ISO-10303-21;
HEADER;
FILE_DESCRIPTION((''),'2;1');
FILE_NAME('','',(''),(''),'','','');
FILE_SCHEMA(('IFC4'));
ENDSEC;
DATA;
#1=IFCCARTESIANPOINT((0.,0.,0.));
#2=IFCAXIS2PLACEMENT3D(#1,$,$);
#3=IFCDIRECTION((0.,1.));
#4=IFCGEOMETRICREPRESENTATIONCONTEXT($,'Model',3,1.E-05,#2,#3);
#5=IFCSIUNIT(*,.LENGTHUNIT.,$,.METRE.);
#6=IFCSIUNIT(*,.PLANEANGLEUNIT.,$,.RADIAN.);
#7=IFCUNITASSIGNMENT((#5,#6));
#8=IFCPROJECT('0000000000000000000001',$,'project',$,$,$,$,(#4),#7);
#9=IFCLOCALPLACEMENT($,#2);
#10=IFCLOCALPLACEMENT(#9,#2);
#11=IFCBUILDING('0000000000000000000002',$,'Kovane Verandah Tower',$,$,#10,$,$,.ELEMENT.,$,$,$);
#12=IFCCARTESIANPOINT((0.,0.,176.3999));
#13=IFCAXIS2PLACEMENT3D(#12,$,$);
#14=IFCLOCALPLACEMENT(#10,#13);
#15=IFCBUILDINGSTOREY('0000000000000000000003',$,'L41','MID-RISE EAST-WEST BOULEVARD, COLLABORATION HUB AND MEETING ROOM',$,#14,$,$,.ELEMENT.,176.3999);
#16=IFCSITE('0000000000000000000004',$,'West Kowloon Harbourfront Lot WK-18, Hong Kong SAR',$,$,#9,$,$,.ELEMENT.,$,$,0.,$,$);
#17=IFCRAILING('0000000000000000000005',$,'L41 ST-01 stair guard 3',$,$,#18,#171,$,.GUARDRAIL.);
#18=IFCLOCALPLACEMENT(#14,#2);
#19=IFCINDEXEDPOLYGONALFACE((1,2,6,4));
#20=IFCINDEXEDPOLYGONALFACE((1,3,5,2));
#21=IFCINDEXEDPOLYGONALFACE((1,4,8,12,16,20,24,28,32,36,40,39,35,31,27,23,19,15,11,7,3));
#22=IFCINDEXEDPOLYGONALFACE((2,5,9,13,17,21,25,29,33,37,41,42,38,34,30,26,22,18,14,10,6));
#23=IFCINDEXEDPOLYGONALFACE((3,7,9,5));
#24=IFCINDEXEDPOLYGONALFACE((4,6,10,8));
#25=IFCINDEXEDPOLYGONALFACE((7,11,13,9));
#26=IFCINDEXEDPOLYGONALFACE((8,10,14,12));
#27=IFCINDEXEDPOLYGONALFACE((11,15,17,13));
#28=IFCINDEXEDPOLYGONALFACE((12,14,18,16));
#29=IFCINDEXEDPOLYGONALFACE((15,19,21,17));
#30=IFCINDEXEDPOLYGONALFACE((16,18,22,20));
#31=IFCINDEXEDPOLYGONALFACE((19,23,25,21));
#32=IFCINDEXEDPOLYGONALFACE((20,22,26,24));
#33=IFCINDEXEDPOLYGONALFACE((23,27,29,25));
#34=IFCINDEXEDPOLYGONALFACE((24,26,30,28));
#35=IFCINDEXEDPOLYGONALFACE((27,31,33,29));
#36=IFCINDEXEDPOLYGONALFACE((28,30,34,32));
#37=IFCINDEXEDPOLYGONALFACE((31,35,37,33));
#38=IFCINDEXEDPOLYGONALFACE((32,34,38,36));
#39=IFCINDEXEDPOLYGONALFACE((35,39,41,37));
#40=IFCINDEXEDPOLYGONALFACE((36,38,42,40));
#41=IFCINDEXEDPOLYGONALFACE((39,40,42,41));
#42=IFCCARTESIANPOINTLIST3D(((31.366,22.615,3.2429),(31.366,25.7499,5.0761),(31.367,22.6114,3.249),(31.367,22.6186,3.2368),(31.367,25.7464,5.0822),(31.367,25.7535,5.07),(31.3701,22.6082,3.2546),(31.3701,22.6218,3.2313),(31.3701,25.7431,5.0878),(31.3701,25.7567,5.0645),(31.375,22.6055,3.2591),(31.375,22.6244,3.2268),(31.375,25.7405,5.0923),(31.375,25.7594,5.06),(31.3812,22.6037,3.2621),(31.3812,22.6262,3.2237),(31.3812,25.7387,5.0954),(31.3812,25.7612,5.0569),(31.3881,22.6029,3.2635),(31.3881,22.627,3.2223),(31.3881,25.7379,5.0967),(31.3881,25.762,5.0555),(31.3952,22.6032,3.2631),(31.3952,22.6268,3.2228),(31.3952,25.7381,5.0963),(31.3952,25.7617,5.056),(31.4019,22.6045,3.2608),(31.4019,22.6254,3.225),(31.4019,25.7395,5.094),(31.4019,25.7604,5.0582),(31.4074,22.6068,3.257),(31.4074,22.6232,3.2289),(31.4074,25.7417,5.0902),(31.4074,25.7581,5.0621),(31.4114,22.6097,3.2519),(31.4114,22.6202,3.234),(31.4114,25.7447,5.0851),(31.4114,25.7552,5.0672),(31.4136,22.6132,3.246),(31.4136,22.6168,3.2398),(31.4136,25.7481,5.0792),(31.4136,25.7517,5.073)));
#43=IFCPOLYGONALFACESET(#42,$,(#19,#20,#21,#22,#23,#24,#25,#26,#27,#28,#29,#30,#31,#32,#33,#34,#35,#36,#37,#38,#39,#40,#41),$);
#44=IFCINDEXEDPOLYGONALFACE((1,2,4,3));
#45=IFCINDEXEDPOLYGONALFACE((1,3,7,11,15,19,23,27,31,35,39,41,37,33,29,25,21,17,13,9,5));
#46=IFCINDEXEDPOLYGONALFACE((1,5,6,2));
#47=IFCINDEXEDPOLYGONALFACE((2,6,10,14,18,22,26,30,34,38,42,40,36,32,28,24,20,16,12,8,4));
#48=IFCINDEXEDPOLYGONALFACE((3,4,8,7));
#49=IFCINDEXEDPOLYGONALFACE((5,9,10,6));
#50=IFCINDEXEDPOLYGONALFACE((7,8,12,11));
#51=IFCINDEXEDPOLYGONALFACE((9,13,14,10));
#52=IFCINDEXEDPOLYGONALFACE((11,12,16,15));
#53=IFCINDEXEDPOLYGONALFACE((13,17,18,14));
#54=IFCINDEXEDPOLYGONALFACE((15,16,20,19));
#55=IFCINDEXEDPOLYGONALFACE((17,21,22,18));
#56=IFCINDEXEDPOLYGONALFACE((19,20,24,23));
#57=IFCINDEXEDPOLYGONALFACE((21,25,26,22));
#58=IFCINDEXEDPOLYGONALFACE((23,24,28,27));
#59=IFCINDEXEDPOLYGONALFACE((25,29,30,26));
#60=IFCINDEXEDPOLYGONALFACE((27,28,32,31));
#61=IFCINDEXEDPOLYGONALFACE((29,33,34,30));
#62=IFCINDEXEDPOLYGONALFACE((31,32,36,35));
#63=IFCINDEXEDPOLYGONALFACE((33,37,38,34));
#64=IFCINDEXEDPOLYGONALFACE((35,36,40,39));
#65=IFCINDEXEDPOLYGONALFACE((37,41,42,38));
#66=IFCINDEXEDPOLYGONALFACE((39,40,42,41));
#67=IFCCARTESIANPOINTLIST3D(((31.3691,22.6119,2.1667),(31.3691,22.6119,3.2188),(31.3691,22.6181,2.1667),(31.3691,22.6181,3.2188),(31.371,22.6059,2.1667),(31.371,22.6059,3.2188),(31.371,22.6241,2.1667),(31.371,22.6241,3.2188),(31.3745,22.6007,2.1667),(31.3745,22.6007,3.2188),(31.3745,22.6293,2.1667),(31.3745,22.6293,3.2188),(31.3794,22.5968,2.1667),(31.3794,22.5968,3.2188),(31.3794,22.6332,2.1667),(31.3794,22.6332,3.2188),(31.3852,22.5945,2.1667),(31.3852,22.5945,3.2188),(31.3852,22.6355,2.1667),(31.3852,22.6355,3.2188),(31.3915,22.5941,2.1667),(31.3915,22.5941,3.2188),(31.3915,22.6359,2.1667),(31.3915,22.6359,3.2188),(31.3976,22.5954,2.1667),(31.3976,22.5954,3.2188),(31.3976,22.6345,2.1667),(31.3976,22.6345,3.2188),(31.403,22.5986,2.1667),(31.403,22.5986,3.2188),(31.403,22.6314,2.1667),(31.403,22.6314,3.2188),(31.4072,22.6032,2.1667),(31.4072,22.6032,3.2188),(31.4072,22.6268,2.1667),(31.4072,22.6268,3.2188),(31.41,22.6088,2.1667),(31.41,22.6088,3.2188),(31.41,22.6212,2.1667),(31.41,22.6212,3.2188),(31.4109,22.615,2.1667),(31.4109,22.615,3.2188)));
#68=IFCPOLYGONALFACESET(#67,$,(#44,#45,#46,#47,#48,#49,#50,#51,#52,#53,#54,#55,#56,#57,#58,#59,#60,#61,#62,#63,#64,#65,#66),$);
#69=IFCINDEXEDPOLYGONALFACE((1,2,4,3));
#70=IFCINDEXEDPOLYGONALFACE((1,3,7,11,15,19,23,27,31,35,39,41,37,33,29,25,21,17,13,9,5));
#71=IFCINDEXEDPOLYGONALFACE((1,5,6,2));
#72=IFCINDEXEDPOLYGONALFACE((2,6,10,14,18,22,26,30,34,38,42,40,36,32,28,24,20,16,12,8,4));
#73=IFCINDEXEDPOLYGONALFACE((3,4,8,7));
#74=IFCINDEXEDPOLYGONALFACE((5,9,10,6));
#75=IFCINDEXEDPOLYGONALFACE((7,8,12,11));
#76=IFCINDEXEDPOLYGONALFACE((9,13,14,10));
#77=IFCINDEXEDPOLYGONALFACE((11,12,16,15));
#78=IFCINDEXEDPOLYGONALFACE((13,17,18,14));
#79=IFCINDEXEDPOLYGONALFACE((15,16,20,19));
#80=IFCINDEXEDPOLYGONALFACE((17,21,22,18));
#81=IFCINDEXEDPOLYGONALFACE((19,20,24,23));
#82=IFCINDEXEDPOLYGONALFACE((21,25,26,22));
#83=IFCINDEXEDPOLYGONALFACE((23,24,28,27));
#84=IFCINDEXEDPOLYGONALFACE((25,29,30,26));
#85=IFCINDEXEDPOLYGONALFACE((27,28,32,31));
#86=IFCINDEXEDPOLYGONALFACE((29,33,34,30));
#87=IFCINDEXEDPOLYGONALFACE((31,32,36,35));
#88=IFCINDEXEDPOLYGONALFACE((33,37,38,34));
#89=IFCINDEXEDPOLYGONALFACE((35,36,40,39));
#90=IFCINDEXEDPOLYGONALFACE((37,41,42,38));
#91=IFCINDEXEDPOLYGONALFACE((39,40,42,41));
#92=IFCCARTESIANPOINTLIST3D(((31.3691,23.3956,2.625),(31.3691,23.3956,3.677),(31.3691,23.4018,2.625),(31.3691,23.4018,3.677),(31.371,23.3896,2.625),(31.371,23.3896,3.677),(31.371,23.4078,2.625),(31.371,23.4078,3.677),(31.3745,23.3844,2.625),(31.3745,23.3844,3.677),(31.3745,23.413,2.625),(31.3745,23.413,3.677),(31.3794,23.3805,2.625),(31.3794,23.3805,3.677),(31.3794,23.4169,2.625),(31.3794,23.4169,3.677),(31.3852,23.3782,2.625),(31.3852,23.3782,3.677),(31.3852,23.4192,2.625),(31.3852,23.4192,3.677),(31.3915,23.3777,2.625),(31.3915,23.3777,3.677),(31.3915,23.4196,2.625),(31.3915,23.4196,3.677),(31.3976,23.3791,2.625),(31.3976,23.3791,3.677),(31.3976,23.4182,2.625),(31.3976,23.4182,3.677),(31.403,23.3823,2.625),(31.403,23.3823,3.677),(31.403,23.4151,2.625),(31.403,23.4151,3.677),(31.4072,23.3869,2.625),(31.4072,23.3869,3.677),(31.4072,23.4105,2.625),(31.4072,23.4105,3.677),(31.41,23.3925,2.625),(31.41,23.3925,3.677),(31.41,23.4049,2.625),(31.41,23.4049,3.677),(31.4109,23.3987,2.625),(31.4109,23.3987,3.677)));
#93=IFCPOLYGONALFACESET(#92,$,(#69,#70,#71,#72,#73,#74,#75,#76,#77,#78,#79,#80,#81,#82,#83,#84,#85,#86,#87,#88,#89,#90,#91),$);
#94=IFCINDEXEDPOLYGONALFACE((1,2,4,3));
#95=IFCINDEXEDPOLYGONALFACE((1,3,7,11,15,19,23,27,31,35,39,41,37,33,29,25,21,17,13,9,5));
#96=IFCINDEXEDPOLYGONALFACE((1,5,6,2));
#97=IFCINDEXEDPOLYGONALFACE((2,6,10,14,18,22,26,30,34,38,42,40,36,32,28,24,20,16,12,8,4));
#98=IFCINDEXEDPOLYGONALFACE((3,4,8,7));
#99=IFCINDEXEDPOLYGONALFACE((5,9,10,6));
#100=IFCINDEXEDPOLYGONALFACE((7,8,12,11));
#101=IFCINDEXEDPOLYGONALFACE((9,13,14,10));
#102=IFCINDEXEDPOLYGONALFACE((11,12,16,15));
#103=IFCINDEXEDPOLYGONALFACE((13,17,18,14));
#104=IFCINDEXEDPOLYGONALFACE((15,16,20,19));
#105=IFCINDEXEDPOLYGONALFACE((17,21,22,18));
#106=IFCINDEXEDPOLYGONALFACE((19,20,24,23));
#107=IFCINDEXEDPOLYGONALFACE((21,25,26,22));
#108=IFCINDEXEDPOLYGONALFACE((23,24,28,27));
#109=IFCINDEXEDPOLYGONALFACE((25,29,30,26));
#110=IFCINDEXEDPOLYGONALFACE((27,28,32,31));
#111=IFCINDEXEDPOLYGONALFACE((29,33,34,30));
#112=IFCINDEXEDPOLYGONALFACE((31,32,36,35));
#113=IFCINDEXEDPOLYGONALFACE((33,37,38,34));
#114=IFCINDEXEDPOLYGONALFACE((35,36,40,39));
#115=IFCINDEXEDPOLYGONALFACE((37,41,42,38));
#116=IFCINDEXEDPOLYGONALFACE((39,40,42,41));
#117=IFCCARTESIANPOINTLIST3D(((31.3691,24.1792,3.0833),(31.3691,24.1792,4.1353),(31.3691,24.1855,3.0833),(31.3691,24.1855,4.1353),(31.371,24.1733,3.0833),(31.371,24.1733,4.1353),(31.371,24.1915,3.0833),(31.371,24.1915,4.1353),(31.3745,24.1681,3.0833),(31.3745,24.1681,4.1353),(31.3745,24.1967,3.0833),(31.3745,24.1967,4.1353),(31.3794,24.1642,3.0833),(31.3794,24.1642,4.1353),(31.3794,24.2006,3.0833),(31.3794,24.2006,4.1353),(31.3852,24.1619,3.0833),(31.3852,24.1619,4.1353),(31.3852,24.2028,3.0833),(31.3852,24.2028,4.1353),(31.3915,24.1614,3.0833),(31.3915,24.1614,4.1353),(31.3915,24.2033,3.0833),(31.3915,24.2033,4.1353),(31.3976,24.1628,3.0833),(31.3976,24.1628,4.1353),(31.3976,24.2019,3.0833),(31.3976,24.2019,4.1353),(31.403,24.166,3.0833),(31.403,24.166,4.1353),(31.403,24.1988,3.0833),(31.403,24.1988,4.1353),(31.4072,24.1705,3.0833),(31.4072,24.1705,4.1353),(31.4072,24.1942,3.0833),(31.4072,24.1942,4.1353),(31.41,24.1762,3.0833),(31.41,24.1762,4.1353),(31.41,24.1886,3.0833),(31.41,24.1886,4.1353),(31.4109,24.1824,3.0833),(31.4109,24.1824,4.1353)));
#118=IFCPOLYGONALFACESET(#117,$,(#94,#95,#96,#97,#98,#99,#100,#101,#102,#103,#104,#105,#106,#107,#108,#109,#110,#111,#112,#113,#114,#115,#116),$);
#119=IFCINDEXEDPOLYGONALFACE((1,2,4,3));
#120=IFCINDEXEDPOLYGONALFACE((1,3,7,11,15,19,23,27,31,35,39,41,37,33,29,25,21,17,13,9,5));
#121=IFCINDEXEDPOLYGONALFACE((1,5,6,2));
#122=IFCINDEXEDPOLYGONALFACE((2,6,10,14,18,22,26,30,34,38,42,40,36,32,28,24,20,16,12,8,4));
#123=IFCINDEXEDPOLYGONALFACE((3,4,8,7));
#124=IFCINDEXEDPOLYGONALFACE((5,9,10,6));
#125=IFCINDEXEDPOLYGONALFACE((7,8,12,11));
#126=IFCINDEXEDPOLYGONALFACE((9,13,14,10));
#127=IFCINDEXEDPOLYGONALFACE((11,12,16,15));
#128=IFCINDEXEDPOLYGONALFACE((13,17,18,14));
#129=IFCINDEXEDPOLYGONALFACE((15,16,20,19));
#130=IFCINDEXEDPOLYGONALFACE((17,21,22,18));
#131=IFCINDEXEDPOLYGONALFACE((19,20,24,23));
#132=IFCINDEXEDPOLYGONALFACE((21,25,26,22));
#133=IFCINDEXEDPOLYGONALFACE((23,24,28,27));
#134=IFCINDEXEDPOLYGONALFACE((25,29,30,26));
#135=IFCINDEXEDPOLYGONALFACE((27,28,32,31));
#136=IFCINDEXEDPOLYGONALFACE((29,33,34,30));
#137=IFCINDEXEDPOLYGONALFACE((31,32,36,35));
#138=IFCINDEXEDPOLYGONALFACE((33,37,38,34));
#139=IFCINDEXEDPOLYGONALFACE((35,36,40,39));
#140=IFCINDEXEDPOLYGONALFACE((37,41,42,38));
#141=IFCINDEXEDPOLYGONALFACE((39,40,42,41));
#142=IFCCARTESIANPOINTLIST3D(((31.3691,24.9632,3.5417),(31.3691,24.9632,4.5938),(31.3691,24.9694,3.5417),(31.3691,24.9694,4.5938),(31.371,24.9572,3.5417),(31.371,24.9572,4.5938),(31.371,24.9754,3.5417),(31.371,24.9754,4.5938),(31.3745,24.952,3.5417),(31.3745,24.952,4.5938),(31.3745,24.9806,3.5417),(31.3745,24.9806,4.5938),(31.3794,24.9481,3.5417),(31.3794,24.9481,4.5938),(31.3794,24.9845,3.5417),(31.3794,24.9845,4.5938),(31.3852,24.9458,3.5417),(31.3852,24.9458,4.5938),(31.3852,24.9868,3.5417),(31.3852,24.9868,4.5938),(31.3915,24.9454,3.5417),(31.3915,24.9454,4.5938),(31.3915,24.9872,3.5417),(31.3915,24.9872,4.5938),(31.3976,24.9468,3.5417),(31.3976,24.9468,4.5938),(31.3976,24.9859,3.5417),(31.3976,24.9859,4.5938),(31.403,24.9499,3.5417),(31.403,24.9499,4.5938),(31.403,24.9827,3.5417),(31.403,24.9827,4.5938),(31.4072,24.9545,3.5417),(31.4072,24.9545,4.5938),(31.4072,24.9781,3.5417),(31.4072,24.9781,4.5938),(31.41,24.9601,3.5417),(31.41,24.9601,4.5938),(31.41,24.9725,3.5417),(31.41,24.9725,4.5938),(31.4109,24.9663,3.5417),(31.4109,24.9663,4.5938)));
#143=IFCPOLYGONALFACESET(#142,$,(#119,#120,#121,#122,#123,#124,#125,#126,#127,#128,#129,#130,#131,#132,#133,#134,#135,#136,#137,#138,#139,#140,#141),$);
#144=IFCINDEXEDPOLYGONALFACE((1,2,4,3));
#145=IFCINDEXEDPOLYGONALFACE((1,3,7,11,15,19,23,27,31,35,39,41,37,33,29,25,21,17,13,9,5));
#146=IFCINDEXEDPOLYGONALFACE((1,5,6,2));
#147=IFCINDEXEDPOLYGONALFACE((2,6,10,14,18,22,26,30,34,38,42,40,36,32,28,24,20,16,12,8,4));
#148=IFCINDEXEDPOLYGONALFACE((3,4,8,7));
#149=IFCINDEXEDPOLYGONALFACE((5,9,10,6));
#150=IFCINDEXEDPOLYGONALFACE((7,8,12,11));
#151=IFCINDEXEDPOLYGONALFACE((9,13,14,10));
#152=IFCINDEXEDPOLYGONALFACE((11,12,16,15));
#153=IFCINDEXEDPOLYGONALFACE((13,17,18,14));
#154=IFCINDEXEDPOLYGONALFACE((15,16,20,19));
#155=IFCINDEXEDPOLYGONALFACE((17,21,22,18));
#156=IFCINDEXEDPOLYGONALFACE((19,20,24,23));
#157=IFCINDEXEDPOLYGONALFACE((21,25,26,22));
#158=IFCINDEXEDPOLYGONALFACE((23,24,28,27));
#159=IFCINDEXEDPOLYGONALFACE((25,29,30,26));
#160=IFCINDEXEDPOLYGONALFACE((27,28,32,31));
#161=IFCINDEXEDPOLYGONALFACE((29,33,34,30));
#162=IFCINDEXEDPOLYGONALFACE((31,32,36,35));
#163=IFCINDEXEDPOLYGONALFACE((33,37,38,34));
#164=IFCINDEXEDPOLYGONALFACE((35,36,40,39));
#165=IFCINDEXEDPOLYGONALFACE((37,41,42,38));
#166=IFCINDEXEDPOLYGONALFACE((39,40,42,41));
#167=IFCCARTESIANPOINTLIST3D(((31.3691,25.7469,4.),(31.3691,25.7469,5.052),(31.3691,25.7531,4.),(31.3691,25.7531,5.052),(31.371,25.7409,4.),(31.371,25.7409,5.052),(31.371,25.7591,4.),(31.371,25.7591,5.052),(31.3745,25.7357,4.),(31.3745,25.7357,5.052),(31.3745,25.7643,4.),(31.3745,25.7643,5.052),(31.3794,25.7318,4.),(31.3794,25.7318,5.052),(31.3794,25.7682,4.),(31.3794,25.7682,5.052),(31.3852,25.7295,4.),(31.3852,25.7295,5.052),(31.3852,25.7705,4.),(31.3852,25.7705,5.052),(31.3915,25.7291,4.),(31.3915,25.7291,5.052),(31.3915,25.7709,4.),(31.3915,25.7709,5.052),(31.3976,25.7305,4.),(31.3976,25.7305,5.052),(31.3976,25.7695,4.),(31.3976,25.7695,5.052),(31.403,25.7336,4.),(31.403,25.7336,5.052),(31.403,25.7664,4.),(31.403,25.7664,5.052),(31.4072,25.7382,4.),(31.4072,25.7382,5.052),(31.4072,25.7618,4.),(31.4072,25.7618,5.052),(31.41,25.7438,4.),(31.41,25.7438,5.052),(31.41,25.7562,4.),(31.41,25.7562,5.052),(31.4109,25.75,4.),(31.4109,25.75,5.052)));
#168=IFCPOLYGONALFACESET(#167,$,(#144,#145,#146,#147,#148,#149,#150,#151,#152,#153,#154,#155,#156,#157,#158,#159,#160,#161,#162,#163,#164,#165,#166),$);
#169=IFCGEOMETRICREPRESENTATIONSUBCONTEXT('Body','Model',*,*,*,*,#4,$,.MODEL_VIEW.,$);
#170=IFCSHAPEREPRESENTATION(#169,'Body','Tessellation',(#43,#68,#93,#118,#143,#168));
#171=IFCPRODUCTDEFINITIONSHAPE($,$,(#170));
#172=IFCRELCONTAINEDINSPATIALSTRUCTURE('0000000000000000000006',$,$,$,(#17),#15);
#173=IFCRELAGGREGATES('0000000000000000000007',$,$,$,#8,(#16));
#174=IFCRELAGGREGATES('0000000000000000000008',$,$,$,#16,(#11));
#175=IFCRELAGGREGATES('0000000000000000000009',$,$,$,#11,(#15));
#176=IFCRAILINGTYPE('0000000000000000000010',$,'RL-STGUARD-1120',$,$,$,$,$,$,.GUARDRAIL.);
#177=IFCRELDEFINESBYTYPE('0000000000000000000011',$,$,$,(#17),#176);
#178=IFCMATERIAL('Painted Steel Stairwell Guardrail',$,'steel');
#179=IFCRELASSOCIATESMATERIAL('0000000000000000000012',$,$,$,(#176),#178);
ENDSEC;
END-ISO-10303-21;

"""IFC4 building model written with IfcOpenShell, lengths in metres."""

from ifc_helpers import new_model, si_unit, direction, frame, origin, origin_2d, place, context, subcontext, project, spatial, circle, extrude, material, type_object, element, save


model = new_model("IFC4")

# Units and contexts
model_context = context("Model", 3, precision=1e-05, world=origin(), true_north=direction((0.0, 1.0)))
body_context = subcontext(model_context, "Body", "Model", "MODEL_VIEW")
ifc_project = project(units=[si_unit("LENGTHUNIT", "METRE"), si_unit("PLANEANGLEUNIT", "RADIAN")], contexts=[model_context])

# Site, building, storey
site_placement = place(None, origin())
site = spatial("IfcSite", under=ifc_project, at=site_placement, Name="West Kowloon Harbourfront Lot WK-18, Hong Kong SAR", CompositionType="ELEMENT", RefElevation=0.0)
building_placement = place(site_placement, origin())
building = spatial("IfcBuilding", under=site, at=building_placement, Name="Kovane Verandah Tower", CompositionType="ELEMENT")
storey_placement = place(building_placement, frame((0.0, 0.0, 176.3999)))
storey = spatial("IfcBuildingStorey", under=building, at=storey_placement, Name="L41", Description="MID-RISE EAST-WEST BOULEVARD, COLLABORATION HUB AND MEETING ROOM", CompositionType="ELEMENT", Elevation=176.3999)

# Railing
ifc_material_1 = material(Name="Painted Steel Stairwell Guardrail", Category="steel")
railing_type_1 = type_object("IfcRailingType", Name="RL-STGUARD-1120", PredefinedType="GUARDRAIL", material=ifc_material_1)
railing_1_placement = place(storey_placement, frame((31.3899, 22.615, 2.1667)))
element("IfcRailing", 1, at=railing_1_placement, inside=storey, type_object=railing_type_1, Name="L41 ST-01 stair guard 3", PredefinedType="GUARDRAIL", context=body_context, shape_type="SweptSolid", body=[
    extrude(circle(Radius=0.0239, at=origin_2d()), frame((0.0, 0.0, 1.0762), z_axis=(0.0, 0.86324, 0.504794), x_axis=(-1.0, 0.0, 0.0)), (0.0, 0.0, 1.0), 3.6316),
    extrude(circle(Radius=0.021, at=origin_2d()), origin(), (0.0, 0.0, 1.0), 1.052),
    extrude(circle(Radius=0.021, at=origin_2d()), frame((0.0, 0.7837, 0.4583)), (0.0, 0.0, 1.0), 1.052),
    extrude(circle(Radius=0.021, at=origin_2d()), frame((0.0, 1.5674, 0.9165)), (0.0, 0.0, 1.0), 1.052),
    extrude(circle(Radius=0.021, at=origin_2d()), frame((0.0, 2.3513, 1.375)), (0.0, 0.0, 1.0), 1.052),
    extrude(circle(Radius=0.021, at=origin_2d()), frame((0.0, 3.135, 1.8333)), (0.0, 0.0, 1.0), 1.052),
])

save(model, "model.ifc")
